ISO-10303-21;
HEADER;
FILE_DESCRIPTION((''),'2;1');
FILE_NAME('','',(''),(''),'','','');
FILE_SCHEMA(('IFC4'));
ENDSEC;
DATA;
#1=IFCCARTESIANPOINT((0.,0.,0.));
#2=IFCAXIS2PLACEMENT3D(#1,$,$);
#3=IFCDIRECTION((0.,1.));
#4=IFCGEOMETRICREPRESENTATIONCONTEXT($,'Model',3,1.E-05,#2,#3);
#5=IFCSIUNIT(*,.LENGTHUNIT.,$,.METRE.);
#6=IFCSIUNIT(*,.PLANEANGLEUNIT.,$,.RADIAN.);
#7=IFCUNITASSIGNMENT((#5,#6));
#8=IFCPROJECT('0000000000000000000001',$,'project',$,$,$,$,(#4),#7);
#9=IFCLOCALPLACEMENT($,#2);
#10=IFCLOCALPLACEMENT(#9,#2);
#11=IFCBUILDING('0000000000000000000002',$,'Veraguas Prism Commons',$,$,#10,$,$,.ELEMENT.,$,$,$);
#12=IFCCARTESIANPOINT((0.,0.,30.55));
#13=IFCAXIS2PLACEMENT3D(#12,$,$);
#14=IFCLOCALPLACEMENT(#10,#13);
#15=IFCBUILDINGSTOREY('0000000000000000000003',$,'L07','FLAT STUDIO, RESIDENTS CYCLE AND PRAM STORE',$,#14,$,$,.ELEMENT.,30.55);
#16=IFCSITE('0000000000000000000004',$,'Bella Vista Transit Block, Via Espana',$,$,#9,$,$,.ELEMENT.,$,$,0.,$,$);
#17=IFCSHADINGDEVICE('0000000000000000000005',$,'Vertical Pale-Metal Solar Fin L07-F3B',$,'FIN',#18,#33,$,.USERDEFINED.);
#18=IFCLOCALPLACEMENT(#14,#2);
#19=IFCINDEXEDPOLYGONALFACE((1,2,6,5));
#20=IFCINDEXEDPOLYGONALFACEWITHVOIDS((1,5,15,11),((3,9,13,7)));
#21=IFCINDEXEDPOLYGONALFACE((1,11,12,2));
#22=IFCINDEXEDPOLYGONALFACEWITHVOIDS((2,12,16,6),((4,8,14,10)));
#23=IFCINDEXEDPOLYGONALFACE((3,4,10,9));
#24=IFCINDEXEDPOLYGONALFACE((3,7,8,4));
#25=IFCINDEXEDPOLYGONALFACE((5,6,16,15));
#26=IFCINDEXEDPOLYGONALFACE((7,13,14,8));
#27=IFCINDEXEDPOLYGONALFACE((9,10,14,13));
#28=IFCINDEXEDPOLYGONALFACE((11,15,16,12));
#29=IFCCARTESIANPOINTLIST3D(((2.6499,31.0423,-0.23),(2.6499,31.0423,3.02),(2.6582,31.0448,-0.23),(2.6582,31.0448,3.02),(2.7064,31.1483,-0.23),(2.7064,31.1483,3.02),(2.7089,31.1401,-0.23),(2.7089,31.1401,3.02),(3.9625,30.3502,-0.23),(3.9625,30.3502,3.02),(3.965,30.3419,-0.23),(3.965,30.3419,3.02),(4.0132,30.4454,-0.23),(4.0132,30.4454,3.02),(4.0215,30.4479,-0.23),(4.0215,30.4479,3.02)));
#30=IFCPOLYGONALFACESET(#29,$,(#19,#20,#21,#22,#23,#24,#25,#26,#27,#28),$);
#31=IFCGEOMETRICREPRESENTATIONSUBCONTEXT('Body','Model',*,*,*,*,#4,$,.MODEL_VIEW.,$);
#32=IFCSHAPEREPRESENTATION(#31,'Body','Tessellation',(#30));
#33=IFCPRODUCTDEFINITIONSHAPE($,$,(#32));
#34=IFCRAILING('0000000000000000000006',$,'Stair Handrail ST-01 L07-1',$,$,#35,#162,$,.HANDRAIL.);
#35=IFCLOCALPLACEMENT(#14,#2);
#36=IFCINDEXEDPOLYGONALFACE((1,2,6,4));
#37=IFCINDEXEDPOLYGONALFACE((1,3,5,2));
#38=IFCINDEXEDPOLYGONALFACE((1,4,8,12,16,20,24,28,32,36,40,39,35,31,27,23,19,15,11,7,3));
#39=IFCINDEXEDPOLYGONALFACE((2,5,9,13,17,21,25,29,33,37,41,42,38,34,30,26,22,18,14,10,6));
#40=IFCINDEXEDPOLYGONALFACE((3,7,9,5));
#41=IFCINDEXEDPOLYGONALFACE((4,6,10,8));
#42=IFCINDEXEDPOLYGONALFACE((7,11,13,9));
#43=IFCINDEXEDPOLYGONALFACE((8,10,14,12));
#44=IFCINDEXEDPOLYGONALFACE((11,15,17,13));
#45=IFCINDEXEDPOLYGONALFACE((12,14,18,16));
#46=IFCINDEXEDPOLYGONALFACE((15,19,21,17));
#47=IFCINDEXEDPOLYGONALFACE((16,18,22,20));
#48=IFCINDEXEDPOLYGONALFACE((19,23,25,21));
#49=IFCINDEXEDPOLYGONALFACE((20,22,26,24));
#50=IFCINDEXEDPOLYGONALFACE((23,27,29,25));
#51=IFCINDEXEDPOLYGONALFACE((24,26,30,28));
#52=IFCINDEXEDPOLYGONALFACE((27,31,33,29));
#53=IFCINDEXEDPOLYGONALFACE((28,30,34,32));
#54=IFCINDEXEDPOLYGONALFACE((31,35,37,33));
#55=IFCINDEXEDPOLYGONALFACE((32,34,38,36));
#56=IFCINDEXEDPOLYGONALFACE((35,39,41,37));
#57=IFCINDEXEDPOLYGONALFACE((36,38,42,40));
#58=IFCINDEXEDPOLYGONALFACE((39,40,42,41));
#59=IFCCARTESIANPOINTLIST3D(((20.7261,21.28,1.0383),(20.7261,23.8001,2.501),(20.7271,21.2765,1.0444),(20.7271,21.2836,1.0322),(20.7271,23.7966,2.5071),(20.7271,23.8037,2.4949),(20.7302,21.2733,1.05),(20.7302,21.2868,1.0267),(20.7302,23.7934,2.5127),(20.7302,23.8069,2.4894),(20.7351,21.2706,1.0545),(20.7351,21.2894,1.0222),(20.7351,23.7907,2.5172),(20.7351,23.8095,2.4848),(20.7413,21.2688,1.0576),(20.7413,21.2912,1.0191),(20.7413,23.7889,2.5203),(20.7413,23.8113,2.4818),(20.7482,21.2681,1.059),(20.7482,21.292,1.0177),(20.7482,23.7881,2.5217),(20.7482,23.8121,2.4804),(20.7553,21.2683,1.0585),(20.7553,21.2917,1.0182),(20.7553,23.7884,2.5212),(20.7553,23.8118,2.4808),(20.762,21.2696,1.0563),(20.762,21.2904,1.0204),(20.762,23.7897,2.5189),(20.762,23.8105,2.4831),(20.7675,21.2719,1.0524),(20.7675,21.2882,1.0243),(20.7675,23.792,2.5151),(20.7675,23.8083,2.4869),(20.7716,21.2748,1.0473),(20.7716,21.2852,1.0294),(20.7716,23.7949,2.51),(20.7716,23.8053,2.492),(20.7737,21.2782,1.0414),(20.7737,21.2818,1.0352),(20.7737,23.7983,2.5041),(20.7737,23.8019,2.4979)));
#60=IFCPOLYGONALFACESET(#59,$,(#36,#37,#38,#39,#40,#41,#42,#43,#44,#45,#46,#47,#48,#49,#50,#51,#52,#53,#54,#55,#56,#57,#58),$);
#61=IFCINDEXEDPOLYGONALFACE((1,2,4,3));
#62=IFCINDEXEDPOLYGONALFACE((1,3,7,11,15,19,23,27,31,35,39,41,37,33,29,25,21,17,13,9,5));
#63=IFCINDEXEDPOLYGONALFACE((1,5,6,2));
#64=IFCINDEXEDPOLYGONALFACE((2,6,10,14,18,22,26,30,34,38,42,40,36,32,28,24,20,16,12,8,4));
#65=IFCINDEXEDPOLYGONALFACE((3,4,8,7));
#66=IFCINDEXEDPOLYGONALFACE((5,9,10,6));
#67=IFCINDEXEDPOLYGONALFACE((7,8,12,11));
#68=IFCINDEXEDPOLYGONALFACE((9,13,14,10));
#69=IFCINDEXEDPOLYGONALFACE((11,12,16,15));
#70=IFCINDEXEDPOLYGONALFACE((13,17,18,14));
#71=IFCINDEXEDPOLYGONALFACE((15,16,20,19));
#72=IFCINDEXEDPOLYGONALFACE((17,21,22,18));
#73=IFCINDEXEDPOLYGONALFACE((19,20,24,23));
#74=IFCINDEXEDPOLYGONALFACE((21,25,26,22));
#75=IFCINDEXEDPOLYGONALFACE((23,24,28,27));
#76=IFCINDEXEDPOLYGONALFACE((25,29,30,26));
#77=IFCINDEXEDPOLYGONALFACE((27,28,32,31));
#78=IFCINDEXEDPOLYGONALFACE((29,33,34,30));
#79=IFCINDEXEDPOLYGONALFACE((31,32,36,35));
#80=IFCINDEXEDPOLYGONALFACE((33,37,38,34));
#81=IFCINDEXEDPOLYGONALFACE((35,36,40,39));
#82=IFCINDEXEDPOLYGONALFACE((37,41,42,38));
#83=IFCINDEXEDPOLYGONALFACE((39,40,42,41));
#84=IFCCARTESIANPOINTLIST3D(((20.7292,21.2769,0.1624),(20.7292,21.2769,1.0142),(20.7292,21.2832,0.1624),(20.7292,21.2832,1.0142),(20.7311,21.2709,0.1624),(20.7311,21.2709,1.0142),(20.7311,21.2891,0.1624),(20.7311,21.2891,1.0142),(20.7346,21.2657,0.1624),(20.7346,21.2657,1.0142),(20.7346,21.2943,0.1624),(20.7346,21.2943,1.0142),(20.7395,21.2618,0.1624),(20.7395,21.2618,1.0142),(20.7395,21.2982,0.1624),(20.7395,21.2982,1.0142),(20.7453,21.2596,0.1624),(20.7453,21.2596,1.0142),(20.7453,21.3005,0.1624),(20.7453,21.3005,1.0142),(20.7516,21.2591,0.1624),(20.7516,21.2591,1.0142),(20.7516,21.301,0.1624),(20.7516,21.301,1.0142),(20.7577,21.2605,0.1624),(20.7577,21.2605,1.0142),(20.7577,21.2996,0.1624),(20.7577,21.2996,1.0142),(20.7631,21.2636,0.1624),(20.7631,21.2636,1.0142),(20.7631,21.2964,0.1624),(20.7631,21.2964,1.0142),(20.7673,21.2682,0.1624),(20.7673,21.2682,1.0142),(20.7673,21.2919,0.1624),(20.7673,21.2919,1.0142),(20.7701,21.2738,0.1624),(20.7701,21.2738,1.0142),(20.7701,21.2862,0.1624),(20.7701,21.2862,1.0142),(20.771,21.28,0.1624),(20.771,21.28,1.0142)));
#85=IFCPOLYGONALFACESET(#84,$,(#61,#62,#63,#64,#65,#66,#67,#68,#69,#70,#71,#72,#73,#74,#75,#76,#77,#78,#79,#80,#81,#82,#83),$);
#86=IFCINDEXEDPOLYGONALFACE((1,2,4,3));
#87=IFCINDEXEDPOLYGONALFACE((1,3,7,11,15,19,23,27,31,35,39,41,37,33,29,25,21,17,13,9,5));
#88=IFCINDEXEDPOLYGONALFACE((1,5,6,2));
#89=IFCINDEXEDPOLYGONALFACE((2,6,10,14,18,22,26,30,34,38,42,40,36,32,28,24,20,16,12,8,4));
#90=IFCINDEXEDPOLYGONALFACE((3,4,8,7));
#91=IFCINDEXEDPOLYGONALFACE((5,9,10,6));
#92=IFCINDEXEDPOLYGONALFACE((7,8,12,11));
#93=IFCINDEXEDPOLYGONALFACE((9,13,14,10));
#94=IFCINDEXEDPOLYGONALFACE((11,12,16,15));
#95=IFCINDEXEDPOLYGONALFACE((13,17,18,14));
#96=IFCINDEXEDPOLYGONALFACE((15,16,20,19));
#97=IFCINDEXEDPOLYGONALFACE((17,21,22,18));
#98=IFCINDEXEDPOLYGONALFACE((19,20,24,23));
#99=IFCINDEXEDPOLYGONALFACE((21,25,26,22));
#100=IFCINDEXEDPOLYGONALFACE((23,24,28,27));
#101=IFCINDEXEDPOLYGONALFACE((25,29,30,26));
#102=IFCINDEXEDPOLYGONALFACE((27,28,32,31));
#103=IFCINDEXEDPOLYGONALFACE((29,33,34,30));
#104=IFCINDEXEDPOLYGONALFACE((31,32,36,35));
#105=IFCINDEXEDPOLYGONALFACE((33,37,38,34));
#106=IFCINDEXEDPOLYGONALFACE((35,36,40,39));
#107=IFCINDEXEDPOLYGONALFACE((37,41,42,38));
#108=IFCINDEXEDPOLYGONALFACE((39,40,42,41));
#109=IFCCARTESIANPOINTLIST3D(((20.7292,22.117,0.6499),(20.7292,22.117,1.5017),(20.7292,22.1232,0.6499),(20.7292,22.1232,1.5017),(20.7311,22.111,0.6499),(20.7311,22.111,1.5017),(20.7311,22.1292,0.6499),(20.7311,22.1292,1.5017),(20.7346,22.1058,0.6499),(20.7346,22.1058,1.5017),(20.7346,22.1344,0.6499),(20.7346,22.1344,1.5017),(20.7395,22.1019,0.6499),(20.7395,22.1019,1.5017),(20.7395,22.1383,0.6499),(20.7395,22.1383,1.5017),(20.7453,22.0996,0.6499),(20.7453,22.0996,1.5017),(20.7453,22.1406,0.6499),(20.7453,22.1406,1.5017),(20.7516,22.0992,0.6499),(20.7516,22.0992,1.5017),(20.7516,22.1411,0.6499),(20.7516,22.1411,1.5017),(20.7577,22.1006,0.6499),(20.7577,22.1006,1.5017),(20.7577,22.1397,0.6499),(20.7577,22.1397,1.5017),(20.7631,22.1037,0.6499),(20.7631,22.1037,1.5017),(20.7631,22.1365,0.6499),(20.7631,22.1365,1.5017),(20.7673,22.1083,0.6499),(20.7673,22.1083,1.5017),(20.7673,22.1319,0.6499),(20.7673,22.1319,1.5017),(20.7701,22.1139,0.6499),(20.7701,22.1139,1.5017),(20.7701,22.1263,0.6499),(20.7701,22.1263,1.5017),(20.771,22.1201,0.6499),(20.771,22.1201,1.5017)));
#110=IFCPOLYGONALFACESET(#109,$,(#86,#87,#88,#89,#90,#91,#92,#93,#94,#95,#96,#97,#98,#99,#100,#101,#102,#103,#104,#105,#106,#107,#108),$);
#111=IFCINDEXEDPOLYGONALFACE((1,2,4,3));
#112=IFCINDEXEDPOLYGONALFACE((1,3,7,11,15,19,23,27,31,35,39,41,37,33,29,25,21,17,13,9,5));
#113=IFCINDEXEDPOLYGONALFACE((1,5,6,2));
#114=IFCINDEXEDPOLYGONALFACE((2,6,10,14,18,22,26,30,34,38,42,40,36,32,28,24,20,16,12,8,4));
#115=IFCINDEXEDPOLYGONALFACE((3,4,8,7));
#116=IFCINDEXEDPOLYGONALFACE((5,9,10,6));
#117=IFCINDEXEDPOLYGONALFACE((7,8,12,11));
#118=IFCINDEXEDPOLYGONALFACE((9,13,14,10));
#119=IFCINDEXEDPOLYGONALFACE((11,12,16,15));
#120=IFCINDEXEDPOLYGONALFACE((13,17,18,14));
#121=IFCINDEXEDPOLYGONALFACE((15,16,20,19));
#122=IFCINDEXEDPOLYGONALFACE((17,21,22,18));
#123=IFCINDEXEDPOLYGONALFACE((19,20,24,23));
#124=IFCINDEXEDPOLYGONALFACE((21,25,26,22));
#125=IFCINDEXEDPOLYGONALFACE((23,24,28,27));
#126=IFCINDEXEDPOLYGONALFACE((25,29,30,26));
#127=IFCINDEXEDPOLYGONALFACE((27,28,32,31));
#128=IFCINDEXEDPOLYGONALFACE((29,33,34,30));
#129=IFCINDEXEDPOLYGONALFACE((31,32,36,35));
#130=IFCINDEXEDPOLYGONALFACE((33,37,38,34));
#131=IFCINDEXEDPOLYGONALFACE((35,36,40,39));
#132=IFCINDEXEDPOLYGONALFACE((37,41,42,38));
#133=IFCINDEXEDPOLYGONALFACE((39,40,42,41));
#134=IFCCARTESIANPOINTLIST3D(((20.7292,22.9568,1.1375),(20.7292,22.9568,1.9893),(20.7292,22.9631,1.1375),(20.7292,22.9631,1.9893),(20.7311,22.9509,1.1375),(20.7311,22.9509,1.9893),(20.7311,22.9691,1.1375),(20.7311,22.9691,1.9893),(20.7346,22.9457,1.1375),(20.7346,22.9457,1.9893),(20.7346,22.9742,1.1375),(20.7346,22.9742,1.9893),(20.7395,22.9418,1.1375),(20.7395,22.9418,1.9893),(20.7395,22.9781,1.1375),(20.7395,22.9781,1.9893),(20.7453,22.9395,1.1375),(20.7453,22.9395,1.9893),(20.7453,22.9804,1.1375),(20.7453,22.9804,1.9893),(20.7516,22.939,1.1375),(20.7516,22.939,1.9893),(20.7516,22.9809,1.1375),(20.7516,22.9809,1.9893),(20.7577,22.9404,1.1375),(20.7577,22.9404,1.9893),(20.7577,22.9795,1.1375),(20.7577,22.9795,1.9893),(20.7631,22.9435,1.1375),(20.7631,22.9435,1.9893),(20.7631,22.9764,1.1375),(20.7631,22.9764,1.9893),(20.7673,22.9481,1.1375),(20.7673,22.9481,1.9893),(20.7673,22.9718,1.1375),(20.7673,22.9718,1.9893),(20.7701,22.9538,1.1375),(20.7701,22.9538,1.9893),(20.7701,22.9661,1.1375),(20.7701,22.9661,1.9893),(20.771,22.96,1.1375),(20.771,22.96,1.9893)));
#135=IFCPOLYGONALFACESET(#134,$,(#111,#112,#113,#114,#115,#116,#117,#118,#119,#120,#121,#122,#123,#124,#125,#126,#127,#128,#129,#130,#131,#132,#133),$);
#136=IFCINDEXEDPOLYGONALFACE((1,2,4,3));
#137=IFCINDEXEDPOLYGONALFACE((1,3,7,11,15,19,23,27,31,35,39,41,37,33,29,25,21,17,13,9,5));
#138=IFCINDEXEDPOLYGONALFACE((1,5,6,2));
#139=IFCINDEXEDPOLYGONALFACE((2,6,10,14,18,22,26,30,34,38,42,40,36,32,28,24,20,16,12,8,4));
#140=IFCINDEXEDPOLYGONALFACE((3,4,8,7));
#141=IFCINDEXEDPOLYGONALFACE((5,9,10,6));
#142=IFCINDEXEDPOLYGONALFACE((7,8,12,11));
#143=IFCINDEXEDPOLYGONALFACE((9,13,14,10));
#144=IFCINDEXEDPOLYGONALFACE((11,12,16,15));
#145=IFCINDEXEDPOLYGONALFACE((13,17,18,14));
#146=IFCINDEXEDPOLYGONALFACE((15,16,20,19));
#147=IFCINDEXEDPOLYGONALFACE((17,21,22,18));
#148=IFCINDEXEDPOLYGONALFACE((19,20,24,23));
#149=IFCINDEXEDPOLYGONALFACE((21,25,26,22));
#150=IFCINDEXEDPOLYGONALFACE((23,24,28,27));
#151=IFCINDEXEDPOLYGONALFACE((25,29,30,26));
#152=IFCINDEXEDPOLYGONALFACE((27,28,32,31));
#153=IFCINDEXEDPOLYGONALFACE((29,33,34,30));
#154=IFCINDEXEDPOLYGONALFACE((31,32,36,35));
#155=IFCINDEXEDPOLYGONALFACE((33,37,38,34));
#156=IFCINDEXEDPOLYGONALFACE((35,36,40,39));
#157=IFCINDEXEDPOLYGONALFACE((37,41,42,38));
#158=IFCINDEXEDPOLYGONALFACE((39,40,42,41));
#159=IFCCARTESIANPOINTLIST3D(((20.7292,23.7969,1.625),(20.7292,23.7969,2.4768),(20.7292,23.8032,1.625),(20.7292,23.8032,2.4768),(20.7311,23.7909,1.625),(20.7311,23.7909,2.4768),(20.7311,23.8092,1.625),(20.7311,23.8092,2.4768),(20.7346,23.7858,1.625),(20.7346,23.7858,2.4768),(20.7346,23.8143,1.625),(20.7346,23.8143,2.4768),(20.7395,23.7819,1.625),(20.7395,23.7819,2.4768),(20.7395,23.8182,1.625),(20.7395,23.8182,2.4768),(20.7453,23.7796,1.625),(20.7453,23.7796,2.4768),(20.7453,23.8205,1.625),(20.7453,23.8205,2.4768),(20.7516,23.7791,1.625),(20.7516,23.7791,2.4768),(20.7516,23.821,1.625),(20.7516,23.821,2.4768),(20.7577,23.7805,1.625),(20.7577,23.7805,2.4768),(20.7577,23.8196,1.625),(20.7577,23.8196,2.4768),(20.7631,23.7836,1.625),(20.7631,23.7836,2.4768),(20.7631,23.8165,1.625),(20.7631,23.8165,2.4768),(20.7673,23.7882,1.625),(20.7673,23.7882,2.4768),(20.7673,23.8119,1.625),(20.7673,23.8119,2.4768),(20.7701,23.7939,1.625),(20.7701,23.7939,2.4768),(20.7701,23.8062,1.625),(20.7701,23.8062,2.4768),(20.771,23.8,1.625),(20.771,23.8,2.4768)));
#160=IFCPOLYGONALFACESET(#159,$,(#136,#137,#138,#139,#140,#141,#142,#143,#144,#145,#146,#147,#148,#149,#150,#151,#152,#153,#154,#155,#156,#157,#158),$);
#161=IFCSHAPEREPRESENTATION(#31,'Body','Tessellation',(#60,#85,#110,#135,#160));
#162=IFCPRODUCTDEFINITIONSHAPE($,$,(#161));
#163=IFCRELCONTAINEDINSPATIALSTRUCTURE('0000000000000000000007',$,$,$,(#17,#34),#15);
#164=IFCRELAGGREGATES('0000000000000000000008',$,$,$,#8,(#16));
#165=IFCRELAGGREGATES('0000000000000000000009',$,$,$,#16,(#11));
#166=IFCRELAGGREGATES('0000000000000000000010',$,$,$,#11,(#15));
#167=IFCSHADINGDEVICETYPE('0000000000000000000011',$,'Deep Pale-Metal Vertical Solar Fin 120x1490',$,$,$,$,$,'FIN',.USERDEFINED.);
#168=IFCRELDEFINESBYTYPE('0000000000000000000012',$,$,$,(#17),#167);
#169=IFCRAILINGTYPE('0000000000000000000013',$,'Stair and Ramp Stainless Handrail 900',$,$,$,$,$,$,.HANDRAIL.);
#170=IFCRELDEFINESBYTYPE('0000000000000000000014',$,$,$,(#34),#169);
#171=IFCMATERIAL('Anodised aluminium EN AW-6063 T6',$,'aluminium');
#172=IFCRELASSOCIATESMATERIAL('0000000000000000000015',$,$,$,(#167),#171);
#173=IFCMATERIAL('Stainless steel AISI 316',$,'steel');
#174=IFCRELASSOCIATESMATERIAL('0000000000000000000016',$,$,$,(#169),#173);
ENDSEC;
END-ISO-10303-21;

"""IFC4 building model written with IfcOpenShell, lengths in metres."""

from ifc_helpers import new_model, si_unit, direction, frame, origin, origin_2d, place, context, subcontext, project, spatial, hollow_rectangle, circle, extrude, material, material_profile, profile_set, type_object, element, save


model = new_model("IFC4")

# Units and contexts
model_context = context("Model", 3, precision=1e-05, world=origin(), true_north=direction((0.0, 1.0)))
body_context = subcontext(model_context, "Body", "Model", "MODEL_VIEW")
ifc_project = project(units=[si_unit("LENGTHUNIT", "METRE"), si_unit("PLANEANGLEUNIT", "RADIAN")], contexts=[model_context])

# Site, building, storey
site_placement = place(None, origin())
site = spatial("IfcSite", under=ifc_project, at=site_placement, Name="Bella Vista Transit Block, Via Espana", CompositionType="ELEMENT", RefElevation=0.0)
building_placement = place(site_placement, origin())
building = spatial("IfcBuilding", under=site, at=building_placement, Name="Veraguas Prism Commons", CompositionType="ELEMENT")
storey_placement = place(building_placement, frame((0.0, 0.0, 30.55)))
storey = spatial("IfcBuildingStorey", under=building, at=storey_placement, Name="L07", Description="FLAT STUDIO, RESIDENTS CYCLE AND PRAM STORE", CompositionType="ELEMENT", Elevation=30.55)

# Shared definitions
ifc_material_1 = material(Name="Anodised aluminium EN AW-6063 T6", Category="aluminium")

# Shading device
ifc_material_profile_1 = material_profile(ifc_material_1, hollow_rectangle(XDim=0.1201, YDim=1.49, WallThickness=0.0061, at=origin_2d()), Name="FIN120X1490X6")
ifc_profile_set_1 = profile_set([ifc_material_profile_1], Name="Anodised aluminium EN AW-6063 T6")
shading_device_type = type_object("IfcShadingDeviceType", Name="Deep Pale-Metal Vertical Solar Fin 120x1490", ElementType="FIN", PredefinedType="USERDEFINED", material=ifc_profile_set_1)
shading_device_placement = place(storey_placement, frame((3.3357, 30.7451, -0.23), z_axis=(0.0, 0.0, 1.0), x_axis=(-0.470086, -0.88262, 0.0)))
element("IfcShadingDevice", 1, at=shading_device_placement, inside=storey, type_object=shading_device_type, Name="Vertical Pale-Metal Solar Fin L07-F3B", ObjectType="FIN", PredefinedType="USERDEFINED", context=body_context, shape_type="SweptSolid", body=[
    extrude(hollow_rectangle(XDim=0.1201, YDim=1.49, WallThickness=0.0061, at=origin_2d()), origin(), (0.0, 0.0, 1.0), 3.25),
])

# Railing
ifc_material_2 = material(Name="Stainless steel AISI 316", Category="steel")
railing_type_1 = type_object("IfcRailingType", Name="Stair and Ramp Stainless Handrail 900", PredefinedType="HANDRAIL", material=ifc_material_2)
railing_1_placement = place(storey_placement, frame((20.75, 21.28, 0.1624)))
element("IfcRailing", 2, at=railing_1_placement, inside=storey, type_object=railing_type_1, Name="Stair Handrail ST-01 L07-1", PredefinedType="HANDRAIL", context=body_context, shape_type="SweptSolid", body=[
    extrude(circle(Radius=0.0239, at=origin_2d()), frame((0.0, 0.0, 0.876), z_axis=(0.0, 0.864877, 0.501984), x_axis=(-1.0, 0.0, 0.0)), (0.0, 0.0, 1.0), 2.9138),
    extrude(circle(Radius=0.021, at=origin_2d()), origin(), (0.0, 0.0, 1.0), 0.8518),
    extrude(circle(Radius=0.021, at=origin_2d()), frame((0.0, 0.8401, 0.4875)), (0.0, 0.0, 1.0), 0.8518),
    extrude(circle(Radius=0.021, at=origin_2d()), frame((0.0, 1.6799, 0.9751)), (0.0, 0.0, 1.0), 0.8518),
    extrude(circle(Radius=0.021, at=origin_2d()), frame((0.0, 2.52, 1.4626)), (0.0, 0.0, 1.0), 0.8518),
])

save(model, "model.ifc")
